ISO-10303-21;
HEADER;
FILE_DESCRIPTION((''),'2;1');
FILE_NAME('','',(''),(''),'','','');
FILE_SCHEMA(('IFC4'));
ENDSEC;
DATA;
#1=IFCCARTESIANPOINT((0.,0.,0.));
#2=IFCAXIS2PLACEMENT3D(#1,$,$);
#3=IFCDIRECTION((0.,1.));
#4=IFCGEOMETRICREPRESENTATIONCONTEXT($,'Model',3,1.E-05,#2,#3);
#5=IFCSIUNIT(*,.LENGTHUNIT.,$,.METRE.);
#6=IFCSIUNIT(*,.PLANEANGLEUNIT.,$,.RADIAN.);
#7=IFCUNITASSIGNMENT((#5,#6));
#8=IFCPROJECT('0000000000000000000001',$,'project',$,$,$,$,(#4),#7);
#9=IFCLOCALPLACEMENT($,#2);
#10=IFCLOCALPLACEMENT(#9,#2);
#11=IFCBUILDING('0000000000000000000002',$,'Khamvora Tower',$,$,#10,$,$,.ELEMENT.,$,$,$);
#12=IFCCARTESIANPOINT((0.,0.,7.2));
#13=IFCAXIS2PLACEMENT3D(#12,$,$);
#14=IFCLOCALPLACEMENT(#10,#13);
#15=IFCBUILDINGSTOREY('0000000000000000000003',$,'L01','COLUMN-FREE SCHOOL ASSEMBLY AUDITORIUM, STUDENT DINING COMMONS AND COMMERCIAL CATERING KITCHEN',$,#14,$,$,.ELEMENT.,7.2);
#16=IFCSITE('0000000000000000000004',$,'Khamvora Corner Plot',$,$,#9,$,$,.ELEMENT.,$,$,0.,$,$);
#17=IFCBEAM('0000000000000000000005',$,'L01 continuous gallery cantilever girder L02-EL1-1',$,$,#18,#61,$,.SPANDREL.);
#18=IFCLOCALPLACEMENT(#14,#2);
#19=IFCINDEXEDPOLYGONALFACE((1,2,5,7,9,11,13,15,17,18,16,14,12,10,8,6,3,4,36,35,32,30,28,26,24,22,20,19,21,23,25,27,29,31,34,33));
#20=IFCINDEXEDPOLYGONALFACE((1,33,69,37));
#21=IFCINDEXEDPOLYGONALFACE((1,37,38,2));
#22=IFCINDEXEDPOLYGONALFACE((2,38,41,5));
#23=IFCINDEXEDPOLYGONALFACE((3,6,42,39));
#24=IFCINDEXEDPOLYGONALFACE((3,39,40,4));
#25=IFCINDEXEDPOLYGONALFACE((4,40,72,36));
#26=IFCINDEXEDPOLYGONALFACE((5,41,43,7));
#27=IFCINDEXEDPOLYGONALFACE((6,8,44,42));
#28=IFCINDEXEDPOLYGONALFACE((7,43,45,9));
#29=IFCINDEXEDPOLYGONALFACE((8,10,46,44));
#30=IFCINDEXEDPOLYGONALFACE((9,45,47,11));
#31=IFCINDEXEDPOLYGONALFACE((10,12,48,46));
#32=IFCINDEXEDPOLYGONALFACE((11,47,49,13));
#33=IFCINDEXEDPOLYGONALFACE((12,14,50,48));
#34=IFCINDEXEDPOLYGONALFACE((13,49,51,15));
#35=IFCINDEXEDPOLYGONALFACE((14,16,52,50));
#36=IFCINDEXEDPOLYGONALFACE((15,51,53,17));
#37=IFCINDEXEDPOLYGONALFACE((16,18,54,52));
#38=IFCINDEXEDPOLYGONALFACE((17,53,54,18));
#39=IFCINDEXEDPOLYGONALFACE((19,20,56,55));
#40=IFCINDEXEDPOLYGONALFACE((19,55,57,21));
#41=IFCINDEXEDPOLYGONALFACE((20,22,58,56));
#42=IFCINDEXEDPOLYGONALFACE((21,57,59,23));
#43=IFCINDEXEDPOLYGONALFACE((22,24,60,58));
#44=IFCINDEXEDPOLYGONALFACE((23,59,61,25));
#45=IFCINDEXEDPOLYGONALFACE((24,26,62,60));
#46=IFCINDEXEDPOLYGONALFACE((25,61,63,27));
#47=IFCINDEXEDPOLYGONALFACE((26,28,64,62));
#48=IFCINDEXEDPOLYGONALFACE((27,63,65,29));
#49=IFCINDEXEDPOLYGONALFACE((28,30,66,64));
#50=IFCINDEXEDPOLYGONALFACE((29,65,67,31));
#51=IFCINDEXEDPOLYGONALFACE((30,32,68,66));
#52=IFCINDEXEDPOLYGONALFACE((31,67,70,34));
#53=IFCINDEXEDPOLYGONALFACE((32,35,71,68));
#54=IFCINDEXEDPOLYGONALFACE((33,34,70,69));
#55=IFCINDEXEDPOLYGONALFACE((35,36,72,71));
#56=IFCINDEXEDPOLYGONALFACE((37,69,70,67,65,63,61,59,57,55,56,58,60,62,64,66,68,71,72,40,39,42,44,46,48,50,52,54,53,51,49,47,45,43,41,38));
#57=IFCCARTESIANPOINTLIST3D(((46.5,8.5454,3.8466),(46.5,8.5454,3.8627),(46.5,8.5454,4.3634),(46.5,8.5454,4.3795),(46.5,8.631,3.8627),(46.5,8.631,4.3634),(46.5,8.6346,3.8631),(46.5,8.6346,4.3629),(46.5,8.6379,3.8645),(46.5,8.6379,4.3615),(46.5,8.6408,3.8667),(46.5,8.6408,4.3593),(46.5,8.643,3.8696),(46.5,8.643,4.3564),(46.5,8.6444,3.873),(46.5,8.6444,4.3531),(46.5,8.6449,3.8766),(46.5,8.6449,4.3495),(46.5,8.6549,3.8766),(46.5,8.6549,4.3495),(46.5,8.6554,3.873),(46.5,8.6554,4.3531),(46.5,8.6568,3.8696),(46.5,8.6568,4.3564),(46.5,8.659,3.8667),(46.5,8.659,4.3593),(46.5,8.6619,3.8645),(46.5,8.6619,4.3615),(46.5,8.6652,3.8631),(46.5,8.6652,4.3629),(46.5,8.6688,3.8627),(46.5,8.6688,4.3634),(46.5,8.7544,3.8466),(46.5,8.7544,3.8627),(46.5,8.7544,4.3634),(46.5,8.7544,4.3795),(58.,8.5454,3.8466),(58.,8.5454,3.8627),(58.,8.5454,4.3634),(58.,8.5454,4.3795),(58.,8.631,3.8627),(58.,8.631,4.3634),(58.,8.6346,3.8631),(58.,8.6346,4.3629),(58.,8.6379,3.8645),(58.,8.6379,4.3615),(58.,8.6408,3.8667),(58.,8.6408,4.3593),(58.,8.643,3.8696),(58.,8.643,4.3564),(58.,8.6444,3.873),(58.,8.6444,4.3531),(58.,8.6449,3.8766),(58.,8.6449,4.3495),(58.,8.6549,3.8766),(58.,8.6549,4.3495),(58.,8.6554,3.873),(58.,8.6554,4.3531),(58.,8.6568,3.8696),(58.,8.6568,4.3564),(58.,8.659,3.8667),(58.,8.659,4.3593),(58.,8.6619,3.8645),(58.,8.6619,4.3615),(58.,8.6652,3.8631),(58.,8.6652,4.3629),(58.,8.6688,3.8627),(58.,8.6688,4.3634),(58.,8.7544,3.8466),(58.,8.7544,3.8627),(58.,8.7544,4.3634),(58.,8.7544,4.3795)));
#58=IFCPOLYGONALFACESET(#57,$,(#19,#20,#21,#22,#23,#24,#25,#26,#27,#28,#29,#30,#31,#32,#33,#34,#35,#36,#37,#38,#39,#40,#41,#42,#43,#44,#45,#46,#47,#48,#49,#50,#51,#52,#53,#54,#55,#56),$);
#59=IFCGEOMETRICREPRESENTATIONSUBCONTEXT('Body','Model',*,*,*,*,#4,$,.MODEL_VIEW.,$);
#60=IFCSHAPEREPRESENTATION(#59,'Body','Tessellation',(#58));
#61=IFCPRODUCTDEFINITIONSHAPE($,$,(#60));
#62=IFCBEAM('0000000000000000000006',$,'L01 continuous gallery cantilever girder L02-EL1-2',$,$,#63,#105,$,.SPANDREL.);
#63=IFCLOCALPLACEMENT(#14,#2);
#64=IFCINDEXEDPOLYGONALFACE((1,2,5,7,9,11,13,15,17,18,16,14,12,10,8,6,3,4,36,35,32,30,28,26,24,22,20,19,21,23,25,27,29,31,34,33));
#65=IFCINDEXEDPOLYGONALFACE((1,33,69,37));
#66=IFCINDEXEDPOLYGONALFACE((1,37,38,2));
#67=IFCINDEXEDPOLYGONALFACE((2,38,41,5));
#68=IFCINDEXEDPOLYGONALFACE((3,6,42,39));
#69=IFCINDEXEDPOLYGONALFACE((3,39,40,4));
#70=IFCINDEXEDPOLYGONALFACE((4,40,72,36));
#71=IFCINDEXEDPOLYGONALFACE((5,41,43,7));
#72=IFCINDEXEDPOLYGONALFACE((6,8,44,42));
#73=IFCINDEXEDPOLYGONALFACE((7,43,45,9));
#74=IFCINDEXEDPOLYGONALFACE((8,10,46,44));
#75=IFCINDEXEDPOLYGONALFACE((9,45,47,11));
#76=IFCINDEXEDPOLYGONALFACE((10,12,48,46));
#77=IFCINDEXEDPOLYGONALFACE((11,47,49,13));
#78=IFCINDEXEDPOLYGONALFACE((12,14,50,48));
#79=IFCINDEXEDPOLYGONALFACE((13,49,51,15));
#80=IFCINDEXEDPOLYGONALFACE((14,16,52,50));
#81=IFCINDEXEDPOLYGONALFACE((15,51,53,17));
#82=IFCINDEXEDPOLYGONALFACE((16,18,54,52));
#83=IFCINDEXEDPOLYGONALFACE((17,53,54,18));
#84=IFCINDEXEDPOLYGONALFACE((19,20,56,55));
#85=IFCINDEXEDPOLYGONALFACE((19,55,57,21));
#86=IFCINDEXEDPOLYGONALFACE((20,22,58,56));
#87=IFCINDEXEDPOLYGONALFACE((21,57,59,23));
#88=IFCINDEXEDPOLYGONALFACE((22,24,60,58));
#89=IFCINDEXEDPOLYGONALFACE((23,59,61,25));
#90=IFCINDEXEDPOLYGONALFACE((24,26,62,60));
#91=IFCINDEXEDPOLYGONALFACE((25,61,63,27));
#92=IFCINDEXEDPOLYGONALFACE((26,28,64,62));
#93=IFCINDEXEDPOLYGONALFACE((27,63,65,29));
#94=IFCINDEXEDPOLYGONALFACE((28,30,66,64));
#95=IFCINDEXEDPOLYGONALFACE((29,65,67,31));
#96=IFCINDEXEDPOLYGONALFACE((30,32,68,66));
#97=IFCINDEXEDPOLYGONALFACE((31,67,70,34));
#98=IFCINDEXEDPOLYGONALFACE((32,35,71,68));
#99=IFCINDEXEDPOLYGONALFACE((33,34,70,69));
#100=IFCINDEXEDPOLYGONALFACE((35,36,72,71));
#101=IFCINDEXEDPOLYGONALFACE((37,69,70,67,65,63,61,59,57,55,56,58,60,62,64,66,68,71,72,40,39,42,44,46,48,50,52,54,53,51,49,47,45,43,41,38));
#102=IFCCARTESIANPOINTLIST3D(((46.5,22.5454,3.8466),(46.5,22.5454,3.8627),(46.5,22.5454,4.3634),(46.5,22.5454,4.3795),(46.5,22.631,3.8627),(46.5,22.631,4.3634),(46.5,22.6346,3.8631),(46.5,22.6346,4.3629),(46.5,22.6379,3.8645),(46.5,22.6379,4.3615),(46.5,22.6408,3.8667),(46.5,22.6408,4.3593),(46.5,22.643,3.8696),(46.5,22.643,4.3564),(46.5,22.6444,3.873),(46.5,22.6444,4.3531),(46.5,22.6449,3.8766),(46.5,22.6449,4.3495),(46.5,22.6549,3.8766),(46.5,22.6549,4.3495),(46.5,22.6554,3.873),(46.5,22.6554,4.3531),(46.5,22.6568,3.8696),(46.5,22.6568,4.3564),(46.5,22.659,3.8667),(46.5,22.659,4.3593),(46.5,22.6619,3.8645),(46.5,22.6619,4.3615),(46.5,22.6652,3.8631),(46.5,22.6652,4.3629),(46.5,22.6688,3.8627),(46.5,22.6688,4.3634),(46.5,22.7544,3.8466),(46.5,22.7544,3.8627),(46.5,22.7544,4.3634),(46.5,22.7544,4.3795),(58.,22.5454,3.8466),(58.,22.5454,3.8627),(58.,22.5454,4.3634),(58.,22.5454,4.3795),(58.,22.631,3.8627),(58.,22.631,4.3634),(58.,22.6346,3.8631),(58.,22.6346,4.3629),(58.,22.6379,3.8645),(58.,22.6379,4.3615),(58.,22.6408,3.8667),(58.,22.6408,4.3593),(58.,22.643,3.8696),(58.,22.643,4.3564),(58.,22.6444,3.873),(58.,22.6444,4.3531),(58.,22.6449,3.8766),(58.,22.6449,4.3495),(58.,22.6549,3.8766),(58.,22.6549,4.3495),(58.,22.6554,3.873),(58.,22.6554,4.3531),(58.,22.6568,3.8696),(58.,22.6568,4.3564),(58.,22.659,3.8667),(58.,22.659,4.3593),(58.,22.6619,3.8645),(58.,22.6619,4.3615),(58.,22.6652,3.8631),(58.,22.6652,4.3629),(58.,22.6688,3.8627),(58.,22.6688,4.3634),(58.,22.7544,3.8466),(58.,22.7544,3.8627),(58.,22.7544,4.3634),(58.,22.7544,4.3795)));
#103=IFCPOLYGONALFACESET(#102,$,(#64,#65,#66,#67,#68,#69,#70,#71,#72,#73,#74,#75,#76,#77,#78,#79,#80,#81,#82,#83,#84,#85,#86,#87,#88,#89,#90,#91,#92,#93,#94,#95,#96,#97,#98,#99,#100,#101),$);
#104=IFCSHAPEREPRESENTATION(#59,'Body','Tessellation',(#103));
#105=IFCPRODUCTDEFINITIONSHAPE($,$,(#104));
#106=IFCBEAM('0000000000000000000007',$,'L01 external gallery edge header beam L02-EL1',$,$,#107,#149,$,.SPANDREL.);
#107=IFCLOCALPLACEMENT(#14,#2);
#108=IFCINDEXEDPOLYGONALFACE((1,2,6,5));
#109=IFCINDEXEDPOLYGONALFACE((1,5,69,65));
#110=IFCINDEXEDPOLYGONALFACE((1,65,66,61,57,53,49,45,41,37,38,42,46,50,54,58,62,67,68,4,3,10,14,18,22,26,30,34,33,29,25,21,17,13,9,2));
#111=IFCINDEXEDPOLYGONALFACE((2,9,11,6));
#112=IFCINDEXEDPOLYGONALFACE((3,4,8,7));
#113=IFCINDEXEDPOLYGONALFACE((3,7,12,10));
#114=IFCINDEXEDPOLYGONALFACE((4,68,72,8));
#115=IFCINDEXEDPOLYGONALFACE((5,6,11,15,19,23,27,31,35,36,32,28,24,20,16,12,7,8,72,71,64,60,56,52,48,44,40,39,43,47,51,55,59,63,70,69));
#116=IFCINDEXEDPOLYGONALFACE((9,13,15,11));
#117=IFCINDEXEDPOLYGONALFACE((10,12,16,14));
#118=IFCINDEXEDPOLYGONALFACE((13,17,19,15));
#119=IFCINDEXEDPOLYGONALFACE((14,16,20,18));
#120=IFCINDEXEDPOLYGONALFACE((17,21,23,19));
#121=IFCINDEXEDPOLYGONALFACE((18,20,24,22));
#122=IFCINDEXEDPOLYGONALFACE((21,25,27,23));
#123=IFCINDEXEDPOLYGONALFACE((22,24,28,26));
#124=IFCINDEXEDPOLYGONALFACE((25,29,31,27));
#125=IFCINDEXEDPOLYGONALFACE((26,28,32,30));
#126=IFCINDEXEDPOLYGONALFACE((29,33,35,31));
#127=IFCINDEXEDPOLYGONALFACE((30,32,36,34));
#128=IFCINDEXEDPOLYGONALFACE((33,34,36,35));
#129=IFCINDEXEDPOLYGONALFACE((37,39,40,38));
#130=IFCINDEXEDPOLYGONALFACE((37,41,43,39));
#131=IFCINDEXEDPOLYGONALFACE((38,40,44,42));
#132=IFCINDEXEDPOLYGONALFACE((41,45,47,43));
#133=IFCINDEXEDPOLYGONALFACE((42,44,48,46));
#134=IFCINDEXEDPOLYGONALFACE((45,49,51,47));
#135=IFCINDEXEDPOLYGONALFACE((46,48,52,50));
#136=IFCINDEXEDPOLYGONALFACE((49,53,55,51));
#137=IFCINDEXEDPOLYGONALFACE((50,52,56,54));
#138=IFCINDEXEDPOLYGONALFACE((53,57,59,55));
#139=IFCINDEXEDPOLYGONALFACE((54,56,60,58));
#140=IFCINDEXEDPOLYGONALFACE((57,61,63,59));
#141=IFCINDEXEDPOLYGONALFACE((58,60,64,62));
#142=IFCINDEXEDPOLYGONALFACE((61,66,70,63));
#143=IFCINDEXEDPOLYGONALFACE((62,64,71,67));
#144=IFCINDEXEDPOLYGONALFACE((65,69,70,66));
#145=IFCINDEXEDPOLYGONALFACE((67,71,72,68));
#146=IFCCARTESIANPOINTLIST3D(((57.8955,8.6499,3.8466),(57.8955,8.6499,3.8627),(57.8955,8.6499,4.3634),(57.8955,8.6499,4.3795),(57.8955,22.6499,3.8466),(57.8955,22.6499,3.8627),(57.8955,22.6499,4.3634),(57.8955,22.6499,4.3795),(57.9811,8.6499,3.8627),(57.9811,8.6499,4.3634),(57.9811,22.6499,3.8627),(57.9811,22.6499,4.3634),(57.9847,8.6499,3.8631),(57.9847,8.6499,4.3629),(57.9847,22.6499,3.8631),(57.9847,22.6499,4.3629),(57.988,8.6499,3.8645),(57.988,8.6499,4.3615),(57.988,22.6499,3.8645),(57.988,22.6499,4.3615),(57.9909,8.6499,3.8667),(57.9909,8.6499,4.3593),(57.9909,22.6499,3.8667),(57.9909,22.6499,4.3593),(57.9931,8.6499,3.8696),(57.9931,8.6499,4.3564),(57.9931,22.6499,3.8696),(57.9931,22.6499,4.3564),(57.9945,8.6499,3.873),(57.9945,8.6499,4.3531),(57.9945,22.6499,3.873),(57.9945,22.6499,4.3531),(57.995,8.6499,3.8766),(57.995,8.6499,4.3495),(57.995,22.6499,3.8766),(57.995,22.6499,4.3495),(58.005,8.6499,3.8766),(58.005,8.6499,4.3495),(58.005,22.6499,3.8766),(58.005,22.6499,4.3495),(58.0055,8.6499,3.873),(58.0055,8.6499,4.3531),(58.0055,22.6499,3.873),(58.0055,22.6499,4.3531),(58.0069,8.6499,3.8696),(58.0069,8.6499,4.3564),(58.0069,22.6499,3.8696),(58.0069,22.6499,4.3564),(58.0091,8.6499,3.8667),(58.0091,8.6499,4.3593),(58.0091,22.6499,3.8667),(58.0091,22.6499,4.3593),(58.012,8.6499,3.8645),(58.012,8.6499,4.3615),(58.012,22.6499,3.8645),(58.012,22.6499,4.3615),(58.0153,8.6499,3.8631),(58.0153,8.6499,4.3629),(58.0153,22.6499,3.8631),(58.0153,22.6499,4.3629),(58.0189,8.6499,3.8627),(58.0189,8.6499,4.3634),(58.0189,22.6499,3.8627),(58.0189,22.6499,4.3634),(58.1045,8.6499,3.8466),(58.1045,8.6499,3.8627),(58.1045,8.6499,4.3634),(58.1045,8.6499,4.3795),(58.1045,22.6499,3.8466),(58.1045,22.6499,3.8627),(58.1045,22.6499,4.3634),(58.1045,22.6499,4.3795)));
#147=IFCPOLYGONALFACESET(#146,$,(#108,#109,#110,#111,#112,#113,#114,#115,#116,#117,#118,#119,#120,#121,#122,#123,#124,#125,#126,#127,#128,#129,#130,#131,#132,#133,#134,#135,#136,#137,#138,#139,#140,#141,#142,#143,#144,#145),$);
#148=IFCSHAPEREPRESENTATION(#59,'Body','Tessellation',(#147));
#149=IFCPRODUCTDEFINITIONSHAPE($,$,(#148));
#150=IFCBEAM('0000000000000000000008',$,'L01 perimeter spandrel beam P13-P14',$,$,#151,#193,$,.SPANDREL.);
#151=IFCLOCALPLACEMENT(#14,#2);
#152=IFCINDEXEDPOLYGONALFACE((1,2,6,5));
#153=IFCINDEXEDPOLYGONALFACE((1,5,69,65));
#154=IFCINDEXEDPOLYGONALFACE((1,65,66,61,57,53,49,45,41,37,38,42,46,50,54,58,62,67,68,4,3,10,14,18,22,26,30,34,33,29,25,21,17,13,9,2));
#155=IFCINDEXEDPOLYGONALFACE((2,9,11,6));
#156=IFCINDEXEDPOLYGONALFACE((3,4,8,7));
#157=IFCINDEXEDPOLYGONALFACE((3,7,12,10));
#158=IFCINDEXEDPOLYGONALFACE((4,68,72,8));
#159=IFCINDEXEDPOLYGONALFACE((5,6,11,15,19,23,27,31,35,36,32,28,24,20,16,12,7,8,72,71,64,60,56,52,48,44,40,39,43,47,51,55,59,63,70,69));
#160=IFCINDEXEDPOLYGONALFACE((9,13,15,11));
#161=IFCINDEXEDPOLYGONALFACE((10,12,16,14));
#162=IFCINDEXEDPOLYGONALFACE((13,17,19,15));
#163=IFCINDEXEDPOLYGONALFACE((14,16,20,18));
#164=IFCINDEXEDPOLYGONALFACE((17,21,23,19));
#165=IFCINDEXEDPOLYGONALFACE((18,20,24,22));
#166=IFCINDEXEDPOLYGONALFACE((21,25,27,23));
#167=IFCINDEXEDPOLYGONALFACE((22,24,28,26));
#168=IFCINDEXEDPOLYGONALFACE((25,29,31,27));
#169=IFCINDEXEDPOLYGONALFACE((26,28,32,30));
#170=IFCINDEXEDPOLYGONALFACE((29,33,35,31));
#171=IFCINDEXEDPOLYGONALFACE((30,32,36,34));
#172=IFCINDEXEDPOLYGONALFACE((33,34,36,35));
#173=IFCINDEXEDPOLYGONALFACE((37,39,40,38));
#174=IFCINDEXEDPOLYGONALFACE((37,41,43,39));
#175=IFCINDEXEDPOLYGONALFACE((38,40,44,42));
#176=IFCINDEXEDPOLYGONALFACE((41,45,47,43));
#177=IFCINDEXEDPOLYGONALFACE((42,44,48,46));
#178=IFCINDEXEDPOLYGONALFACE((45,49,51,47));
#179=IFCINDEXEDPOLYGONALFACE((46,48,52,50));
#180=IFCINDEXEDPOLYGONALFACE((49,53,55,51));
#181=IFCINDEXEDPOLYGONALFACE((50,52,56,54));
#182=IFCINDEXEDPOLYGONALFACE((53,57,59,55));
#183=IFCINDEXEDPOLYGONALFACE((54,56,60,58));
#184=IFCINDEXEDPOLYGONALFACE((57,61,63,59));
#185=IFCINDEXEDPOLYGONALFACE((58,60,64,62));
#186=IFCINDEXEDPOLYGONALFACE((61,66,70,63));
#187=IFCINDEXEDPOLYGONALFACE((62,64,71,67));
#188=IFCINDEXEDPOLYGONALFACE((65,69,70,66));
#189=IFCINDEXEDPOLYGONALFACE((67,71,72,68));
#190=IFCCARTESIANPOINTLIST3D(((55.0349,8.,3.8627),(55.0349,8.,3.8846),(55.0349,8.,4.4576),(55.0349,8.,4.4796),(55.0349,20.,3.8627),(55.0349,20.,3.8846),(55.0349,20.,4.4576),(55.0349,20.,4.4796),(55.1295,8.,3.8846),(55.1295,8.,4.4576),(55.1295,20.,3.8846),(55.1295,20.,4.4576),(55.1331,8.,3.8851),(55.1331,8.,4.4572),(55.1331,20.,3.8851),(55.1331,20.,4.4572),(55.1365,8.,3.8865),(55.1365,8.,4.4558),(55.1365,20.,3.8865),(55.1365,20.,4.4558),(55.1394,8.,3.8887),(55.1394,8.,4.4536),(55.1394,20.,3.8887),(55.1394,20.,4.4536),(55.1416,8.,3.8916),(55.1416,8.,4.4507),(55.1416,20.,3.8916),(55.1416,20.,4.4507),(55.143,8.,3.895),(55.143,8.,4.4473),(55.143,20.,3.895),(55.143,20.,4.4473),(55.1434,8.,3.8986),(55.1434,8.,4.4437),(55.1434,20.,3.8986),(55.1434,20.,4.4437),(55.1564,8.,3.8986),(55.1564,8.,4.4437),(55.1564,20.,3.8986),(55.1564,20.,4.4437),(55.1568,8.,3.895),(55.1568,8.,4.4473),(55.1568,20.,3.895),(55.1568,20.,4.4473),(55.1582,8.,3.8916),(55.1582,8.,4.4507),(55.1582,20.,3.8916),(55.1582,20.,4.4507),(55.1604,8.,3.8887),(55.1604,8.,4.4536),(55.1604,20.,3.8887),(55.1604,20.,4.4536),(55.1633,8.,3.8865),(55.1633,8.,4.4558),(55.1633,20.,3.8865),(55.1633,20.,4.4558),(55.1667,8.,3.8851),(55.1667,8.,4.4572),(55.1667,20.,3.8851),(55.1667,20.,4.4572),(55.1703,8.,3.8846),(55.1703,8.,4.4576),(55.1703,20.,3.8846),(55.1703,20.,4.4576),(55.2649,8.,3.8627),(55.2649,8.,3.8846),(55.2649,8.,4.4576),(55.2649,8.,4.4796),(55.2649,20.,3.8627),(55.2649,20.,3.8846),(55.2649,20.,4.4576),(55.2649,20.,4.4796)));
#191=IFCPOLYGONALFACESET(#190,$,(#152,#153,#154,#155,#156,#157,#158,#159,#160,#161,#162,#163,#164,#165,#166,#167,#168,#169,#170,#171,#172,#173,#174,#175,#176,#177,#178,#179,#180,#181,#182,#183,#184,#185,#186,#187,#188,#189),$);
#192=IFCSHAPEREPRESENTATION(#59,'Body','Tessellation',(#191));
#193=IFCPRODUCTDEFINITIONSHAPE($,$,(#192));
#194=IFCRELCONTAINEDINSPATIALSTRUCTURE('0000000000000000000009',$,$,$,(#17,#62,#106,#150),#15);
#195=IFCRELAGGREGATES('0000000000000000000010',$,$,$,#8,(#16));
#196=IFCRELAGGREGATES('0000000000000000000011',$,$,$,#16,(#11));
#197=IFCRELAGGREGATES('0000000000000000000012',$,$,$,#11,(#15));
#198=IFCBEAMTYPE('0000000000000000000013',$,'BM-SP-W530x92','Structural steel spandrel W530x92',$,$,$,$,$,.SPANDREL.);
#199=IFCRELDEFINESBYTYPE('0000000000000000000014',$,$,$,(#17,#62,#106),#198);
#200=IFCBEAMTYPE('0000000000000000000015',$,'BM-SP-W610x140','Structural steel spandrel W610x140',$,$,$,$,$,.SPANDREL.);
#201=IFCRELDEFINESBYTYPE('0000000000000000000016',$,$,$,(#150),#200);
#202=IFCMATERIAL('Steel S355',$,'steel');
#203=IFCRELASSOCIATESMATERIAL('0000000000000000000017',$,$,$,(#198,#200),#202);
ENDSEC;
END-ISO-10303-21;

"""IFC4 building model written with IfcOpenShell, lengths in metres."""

from ifc_helpers import new_model, si_unit, direction, frame, origin, origin_2d, place, context, subcontext, project, spatial, i_section, extrude, material, material_profile, profile_set, type_object, element, save


model = new_model("IFC4")

# Units and contexts
model_context = context("Model", 3, precision=1e-05, world=origin(), true_north=direction((0.0, 1.0)))
body_context = subcontext(model_context, "Body", "Model", "MODEL_VIEW")
ifc_project = project(units=[si_unit("LENGTHUNIT", "METRE"), si_unit("PLANEANGLEUNIT", "RADIAN")], contexts=[model_context])

# Site, building, storey
site_placement = place(None, origin())
site = spatial("IfcSite", under=ifc_project, at=site_placement, Name="Khamvora Corner Plot", CompositionType="ELEMENT", RefElevation=0.0)
building_placement = place(site_placement, origin())
building = spatial("IfcBuilding", under=site, at=building_placement, Name="Khamvora Tower", CompositionType="ELEMENT")
storey_placement = place(building_placement, frame((0.0, 0.0, 7.2)))
storey = spatial("IfcBuildingStorey", under=building, at=storey_placement, Name="L01", Description="COLUMN-FREE SCHOOL ASSEMBLY AUDITORIUM, STUDENT DINING COMMONS AND COMMERCIAL CATERING KITCHEN", CompositionType="ELEMENT", Elevation=7.2)

# Beams
ifc_material_1 = material(Name="Steel S355", Category="steel")
ifc_material_profile_1 = material_profile(ifc_material_1, i_section(OverallWidth=0.209, OverallDepth=0.533, WebThickness=0.01, FlangeThickness=0.0161, FilletRadius=0.0139, at=origin_2d()), Name="W530x92")
ifc_profile_set_1 = profile_set([ifc_material_profile_1], Name="Steel S355")
beam_type_1 = type_object("IfcBeamType", Name="BM-SP-W530x92", Description="Structural steel spandrel W530x92", PredefinedType="SPANDREL", material=ifc_profile_set_1)
for number, where, z_axis, x_axis, name in (
    (1, (46.5, 8.6499, 4.113), (1.0, 0.0, 0.0), (0.0, 1.0, 0.0), "L01 continuous gallery cantilever girder L02-EL1-1"),
    (2, (46.5, 22.6499, 4.113), (1.0, 0.0, 0.0), (0.0, 1.0, 0.0), "L01 continuous gallery cantilever girder L02-EL1-2"),
):
    element("IfcBeam", number, at=place(storey_placement, frame(where, z_axis=z_axis, x_axis=x_axis)), inside=storey, type_object=beam_type_1, Name=name, PredefinedType="SPANDREL", context=body_context, shape_type="SweptSolid", body=[
        extrude(i_section(OverallWidth=0.209, OverallDepth=0.533, WebThickness=0.01, FlangeThickness=0.0161, FilletRadius=0.0139, at=origin_2d()), origin(), (0.0, 0.0, 1.0), 11.5),
    ])
beam_1_placement = place(storey_placement, frame((58.0, 8.6499, 4.113), z_axis=(0.0, 1.0, 0.0), x_axis=(-1.0, 0.0, 0.0)))
element("IfcBeam", 3, at=beam_1_placement, inside=storey, type_object=beam_type_1, Name="L01 external gallery edge header beam L02-EL1", PredefinedType="SPANDREL", context=body_context, shape_type="SweptSolid", body=[
    extrude(i_section(OverallWidth=0.209, OverallDepth=0.533, WebThickness=0.01, FlangeThickness=0.0161, FilletRadius=0.0139, at=origin_2d()), origin(), (0.0, 0.0, 1.0), 14.0),
])
ifc_material_profile_2 = material_profile(ifc_material_1, i_section(OverallWidth=0.23, OverallDepth=0.6169, WebThickness=0.0129, FlangeThickness=0.022, FilletRadius=0.0139, at=origin_2d()), Name="W610x140")
ifc_profile_set_2 = profile_set([ifc_material_profile_2], Name="Steel S355")
beam_type_2 = type_object("IfcBeamType", Name="BM-SP-W610x140", Description="Structural steel spandrel W610x140", PredefinedType="SPANDREL", material=ifc_profile_set_2)
beam_2_placement = place(storey_placement, frame((55.1499, 8.0, 4.1711), z_axis=(0.0, 1.0, 0.0), x_axis=(-1.0, 0.0, 0.0)))
element("IfcBeam", 4, at=beam_2_placement, inside=storey, type_object=beam_type_2, Name="L01 perimeter spandrel beam P13-P14", PredefinedType="SPANDREL", context=body_context, shape_type="SweptSolid", body=[
    extrude(i_section(OverallWidth=0.23, OverallDepth=0.6169, WebThickness=0.0129, FlangeThickness=0.022, FilletRadius=0.0139, at=origin_2d()), origin(), (0.0, 0.0, 1.0), 12.0),
])

save(model, "model.ifc")
